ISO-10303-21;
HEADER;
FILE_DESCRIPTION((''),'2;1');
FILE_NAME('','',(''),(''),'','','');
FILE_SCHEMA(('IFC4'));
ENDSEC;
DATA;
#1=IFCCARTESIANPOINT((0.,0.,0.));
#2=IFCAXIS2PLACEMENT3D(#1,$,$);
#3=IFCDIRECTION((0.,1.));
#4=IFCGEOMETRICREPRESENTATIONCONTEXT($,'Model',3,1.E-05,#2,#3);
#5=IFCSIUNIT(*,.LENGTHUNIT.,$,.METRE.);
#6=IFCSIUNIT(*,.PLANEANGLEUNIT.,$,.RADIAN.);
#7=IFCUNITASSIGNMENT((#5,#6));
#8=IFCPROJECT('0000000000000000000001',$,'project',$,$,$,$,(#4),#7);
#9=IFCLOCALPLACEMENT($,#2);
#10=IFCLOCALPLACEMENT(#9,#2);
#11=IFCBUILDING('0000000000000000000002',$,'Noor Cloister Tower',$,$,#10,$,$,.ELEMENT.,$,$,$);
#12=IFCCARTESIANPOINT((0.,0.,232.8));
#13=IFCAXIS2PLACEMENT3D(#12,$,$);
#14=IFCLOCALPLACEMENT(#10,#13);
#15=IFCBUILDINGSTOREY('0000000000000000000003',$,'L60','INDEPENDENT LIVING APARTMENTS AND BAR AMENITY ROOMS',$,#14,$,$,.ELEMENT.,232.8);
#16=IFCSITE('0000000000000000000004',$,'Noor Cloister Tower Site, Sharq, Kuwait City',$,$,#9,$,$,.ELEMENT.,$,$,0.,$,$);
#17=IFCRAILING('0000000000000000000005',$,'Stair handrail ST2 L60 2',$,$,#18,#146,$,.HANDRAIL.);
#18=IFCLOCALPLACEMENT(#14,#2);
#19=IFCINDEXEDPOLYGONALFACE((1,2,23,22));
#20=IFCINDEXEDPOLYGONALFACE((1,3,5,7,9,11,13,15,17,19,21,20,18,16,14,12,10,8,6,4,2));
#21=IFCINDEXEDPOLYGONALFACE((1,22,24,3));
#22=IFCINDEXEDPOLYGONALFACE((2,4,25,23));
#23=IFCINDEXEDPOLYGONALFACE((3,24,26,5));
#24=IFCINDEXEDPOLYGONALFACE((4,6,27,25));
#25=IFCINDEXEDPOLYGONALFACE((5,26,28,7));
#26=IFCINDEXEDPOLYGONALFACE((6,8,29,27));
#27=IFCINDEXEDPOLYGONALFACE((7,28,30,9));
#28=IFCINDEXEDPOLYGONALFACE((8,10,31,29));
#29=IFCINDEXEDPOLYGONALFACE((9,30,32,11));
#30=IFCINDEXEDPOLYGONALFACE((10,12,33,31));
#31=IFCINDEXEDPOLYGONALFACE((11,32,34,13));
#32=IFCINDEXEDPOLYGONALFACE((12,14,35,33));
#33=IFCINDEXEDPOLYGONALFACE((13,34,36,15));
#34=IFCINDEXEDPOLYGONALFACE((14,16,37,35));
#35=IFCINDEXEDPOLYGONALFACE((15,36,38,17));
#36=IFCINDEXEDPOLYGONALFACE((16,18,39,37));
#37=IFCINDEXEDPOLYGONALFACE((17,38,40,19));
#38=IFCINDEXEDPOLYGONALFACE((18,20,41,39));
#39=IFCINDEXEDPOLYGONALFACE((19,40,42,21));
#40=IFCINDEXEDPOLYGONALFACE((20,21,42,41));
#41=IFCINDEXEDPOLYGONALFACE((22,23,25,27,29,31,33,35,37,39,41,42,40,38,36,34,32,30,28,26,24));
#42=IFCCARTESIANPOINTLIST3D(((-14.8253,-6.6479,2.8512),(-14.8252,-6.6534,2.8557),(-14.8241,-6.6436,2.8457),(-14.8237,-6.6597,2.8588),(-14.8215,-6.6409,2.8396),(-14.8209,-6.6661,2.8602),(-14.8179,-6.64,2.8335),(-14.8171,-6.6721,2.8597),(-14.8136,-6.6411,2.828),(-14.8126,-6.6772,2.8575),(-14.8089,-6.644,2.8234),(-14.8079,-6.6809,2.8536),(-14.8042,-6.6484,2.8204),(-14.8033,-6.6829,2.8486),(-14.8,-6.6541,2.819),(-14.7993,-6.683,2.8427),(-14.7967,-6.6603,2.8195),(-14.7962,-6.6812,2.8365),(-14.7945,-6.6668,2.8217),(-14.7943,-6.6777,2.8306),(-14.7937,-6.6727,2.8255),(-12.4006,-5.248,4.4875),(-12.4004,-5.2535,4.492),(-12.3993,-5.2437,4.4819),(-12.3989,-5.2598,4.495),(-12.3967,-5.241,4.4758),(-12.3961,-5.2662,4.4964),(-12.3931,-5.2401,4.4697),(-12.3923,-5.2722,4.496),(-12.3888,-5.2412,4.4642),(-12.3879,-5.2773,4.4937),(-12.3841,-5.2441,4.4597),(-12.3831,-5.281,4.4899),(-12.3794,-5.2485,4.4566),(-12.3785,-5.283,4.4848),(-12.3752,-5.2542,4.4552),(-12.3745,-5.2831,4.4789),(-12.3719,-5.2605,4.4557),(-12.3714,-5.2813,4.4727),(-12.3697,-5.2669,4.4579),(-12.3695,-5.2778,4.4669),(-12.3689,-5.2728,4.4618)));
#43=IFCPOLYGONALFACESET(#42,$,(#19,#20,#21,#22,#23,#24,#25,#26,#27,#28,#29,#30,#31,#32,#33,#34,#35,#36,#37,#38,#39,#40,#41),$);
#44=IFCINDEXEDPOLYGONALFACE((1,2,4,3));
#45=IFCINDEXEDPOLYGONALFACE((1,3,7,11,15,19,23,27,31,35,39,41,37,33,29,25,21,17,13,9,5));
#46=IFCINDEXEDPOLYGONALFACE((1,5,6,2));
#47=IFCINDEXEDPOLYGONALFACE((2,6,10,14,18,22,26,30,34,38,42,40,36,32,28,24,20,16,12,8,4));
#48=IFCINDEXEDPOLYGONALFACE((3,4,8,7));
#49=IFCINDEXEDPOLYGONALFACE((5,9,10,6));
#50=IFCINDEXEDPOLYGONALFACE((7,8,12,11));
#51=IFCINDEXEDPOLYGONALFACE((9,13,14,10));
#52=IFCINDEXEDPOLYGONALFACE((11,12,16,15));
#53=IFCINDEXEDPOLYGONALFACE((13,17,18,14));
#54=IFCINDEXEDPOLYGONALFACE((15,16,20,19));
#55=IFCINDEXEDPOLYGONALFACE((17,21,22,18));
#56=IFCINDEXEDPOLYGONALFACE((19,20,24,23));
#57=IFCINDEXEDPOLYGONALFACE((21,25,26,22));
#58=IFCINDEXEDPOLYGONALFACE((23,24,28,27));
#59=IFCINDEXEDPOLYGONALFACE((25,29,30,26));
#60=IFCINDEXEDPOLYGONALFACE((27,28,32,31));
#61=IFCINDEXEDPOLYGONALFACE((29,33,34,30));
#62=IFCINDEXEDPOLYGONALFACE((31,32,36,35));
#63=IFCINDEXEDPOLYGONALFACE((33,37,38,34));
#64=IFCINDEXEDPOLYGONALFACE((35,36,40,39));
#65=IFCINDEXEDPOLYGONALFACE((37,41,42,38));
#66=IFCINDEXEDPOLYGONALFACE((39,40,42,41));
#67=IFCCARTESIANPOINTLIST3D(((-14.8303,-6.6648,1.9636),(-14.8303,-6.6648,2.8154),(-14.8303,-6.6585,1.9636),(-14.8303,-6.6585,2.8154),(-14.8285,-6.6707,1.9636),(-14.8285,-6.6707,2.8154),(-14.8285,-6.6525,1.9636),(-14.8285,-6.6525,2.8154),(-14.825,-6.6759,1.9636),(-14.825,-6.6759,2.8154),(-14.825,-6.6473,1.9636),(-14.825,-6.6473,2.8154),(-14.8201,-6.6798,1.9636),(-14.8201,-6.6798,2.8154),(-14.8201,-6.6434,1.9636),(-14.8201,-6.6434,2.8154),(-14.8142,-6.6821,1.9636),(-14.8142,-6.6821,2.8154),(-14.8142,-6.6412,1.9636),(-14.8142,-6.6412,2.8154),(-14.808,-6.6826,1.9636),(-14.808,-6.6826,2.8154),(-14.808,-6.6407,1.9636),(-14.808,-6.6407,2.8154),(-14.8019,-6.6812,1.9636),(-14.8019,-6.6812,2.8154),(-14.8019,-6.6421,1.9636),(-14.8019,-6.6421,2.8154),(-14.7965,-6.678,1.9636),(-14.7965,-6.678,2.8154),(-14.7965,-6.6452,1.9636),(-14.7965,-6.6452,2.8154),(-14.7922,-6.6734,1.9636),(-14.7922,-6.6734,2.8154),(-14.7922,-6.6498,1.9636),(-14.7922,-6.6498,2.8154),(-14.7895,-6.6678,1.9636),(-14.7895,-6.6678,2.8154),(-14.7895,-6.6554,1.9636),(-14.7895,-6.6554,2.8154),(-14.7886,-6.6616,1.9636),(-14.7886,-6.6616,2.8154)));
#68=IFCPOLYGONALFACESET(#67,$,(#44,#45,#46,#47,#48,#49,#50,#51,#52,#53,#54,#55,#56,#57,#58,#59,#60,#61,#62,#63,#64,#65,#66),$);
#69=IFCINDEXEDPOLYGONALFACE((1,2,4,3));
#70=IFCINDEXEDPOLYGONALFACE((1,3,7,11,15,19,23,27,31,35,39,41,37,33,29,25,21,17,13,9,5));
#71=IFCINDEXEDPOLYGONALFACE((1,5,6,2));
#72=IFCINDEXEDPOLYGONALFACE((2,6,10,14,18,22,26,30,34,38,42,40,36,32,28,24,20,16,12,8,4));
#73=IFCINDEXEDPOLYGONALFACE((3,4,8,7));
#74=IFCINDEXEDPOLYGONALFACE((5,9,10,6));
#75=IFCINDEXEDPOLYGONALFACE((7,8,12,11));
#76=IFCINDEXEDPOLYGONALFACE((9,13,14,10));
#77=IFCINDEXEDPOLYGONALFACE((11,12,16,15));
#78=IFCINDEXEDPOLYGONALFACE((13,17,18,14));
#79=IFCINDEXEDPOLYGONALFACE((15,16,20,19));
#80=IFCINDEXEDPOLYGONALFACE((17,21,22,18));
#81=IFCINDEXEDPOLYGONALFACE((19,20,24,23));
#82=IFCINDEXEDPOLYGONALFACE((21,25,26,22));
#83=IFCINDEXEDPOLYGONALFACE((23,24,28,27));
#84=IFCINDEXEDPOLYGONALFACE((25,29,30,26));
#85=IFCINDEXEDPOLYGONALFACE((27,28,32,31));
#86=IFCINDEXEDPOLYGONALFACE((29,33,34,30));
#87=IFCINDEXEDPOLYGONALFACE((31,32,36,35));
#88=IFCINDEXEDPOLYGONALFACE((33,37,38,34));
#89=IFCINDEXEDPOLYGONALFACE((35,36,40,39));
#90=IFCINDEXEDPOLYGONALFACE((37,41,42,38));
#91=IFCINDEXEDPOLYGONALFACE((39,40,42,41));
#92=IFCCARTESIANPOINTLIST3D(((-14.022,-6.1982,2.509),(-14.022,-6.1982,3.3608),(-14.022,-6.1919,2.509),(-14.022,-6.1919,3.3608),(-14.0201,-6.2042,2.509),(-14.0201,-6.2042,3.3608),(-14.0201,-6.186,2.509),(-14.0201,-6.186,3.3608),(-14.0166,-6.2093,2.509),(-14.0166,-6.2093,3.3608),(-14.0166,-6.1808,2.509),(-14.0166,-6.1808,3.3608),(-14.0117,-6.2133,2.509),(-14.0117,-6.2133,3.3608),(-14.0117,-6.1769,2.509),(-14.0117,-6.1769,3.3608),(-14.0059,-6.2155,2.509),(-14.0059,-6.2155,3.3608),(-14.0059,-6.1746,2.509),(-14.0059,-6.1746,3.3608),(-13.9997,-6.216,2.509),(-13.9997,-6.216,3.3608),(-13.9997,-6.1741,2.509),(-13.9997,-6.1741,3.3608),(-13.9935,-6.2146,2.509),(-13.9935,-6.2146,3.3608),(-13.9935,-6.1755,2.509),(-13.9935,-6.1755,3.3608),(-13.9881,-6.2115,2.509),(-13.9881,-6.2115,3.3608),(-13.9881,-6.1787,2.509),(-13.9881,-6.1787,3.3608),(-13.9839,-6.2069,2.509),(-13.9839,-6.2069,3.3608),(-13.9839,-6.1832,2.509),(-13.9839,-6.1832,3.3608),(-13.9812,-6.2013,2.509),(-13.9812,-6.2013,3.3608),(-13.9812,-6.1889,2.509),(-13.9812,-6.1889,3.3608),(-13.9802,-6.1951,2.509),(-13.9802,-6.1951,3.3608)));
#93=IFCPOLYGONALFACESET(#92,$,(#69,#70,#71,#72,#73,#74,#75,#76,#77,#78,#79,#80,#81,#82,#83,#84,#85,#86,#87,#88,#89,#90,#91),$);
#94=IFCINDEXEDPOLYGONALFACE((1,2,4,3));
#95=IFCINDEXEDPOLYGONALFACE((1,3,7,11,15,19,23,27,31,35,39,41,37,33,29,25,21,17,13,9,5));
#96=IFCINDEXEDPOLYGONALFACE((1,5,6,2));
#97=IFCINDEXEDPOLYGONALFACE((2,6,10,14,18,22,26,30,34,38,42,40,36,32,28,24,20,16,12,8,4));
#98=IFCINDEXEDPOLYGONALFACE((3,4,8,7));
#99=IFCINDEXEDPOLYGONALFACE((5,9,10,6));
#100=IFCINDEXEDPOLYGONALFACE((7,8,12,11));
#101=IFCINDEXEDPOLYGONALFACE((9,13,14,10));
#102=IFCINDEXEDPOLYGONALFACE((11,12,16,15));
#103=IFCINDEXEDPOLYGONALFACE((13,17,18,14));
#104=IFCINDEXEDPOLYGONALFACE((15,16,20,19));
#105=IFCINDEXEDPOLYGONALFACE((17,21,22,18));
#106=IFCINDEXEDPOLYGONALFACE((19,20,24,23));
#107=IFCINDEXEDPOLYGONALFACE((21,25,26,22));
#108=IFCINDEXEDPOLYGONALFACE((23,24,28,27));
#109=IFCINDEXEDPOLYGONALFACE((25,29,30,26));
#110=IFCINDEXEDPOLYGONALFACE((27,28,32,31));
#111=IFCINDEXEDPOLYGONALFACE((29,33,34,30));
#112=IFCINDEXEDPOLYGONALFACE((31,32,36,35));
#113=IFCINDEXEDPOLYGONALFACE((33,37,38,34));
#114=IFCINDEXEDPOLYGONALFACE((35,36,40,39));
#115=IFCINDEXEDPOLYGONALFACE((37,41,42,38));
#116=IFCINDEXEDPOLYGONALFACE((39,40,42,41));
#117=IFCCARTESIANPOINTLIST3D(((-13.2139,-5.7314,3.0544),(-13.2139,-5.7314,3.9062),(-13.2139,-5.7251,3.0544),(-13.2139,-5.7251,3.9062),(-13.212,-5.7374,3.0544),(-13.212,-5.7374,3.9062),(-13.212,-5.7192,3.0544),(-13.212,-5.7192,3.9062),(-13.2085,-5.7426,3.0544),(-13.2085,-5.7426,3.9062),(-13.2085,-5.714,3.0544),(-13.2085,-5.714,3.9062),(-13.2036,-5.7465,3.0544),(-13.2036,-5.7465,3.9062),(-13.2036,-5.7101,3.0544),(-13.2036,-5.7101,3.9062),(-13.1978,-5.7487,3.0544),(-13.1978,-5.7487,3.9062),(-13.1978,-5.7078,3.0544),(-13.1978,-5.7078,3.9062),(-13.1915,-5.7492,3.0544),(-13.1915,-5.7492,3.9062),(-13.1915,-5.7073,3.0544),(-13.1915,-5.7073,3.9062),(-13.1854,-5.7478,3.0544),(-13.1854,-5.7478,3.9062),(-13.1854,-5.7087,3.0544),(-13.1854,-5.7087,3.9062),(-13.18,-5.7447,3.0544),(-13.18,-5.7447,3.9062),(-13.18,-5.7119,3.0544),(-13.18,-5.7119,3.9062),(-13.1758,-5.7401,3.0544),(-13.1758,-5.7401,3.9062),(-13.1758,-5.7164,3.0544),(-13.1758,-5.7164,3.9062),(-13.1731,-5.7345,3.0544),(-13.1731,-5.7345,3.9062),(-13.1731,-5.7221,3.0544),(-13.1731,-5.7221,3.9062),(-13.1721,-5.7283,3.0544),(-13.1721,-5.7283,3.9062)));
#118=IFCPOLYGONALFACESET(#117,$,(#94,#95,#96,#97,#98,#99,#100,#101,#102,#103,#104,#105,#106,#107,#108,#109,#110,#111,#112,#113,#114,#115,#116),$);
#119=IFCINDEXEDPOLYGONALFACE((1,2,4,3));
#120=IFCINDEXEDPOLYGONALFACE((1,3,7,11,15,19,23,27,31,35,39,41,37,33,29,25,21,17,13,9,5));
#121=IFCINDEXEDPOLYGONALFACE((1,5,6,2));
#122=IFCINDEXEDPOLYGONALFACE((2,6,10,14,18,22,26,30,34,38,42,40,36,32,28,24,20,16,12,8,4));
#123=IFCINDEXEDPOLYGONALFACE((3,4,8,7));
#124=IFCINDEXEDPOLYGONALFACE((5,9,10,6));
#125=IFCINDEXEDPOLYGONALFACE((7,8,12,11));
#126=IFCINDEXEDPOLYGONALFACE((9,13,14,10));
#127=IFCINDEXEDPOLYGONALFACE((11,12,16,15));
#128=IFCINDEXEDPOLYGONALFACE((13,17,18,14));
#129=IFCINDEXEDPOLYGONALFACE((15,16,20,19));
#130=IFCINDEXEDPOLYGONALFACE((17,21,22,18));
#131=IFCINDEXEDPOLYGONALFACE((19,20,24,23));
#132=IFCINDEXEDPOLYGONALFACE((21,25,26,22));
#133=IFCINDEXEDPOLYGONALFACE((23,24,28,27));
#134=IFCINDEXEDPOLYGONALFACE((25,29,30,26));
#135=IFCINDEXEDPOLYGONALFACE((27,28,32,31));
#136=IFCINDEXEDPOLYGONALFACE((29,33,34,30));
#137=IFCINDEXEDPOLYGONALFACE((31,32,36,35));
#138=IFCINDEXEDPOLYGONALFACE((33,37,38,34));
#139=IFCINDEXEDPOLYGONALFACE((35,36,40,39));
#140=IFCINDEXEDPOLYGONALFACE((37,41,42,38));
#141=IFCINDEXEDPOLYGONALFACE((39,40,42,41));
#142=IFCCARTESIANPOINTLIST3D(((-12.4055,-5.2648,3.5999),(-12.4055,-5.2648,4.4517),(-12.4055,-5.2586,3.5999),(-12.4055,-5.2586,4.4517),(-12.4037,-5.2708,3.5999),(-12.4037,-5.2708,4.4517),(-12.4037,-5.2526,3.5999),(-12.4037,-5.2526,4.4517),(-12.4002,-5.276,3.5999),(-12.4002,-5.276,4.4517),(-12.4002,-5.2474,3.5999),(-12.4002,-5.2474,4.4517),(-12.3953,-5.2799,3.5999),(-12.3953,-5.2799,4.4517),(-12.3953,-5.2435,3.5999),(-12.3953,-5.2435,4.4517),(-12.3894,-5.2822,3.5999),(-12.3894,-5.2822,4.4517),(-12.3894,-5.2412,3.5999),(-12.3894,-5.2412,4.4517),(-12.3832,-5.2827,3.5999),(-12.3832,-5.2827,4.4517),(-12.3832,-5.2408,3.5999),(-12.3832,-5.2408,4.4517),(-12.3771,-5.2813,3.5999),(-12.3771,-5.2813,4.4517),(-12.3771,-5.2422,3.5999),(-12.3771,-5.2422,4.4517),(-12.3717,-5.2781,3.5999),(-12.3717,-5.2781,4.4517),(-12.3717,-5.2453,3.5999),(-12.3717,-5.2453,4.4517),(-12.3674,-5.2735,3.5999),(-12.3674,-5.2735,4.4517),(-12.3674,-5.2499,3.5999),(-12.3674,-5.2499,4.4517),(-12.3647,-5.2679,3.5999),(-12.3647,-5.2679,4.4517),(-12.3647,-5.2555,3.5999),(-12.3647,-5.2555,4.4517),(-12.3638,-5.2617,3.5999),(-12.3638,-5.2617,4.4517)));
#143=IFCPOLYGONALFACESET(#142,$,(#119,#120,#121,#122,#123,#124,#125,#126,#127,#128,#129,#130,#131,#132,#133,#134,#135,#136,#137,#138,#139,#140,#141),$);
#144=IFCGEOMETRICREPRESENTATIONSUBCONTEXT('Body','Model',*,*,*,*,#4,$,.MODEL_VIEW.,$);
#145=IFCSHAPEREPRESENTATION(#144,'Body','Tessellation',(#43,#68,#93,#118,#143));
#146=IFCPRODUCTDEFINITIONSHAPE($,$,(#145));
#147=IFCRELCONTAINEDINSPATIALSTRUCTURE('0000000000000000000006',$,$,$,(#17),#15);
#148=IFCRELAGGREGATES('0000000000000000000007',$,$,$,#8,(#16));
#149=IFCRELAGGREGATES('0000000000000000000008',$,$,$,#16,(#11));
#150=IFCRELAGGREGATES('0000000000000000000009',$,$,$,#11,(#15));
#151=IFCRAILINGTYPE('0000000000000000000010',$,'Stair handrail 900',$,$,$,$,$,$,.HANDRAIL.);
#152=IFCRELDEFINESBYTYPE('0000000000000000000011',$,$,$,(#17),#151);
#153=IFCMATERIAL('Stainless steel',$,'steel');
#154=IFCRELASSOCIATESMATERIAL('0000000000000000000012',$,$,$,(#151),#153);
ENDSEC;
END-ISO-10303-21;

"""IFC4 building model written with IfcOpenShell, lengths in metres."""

from ifc_helpers import new_model, si_unit, direction, frame, origin, origin_2d, place, context, subcontext, project, spatial, circle, extrude, material, type_object, element, save


model = new_model("IFC4")

# Units and contexts
model_context = context("Model", 3, precision=1e-05, world=origin(), true_north=direction((0.0, 1.0)))
body_context = subcontext(model_context, "Body", "Model", "MODEL_VIEW")
ifc_project = project(units=[si_unit("LENGTHUNIT", "METRE"), si_unit("PLANEANGLEUNIT", "RADIAN")], contexts=[model_context])

# Site, building, storey
site_placement = place(None, origin())
site = spatial("IfcSite", under=ifc_project, at=site_placement, Name="Noor Cloister Tower Site, Sharq, Kuwait City", CompositionType="ELEMENT", RefElevation=0.0)
building_placement = place(site_placement, origin())
building = spatial("IfcBuilding", under=site, at=building_placement, Name="Noor Cloister Tower", CompositionType="ELEMENT")
storey_placement = place(building_placement, frame((0.0, 0.0, 232.8)))
storey = spatial("IfcBuildingStorey", under=building, at=storey_placement, Name="L60", Description="INDEPENDENT LIVING APARTMENTS AND BAR AMENITY ROOMS", CompositionType="ELEMENT", Elevation=232.8)

# Railing
ifc_material_1 = material(Name="Stainless steel", Category="steel")
railing_type = type_object("IfcRailingType", Name="Stair handrail 900", PredefinedType="HANDRAIL", material=ifc_material_1)
railing_placement = place(storey_placement, frame((-14.8096, -6.6616, 1.9636)))
element("IfcRailing", 1, at=railing_placement, inside=storey, type_object=railing_type, Name="Stair handrail ST2 L60 2", PredefinedType="HANDRAIL", context=body_context, shape_type="SweptSolid", body=[
    extrude(circle(Radius=0.0239, at=origin_2d()), frame((0.0, 0.0, 0.876), z_axis=(0.747718, 0.431677, 0.504552), x_axis=(-0.499984, 0.866035, 0.0)), (0.0, 0.0, 1.0), 3.2429),
    extrude(circle(Radius=0.021, at=origin_2d()), origin(), (0.0, 0.0, 1.0), 0.8518),
    extrude(circle(Radius=0.021, at=origin_2d()), frame((0.8083, 0.4666, 0.5454)), (0.0, 0.0, 1.0), 0.8518),
    extrude(circle(Radius=0.021, at=origin_2d()), frame((1.6165, 0.9333, 1.0908)), (0.0, 0.0, 1.0), 0.8518),
    extrude(circle(Radius=0.021, at=origin_2d()), frame((2.4248, 1.3999, 1.6362)), (0.0, 0.0, 1.0), 0.8518),
])

save(model, "model.ifc")
